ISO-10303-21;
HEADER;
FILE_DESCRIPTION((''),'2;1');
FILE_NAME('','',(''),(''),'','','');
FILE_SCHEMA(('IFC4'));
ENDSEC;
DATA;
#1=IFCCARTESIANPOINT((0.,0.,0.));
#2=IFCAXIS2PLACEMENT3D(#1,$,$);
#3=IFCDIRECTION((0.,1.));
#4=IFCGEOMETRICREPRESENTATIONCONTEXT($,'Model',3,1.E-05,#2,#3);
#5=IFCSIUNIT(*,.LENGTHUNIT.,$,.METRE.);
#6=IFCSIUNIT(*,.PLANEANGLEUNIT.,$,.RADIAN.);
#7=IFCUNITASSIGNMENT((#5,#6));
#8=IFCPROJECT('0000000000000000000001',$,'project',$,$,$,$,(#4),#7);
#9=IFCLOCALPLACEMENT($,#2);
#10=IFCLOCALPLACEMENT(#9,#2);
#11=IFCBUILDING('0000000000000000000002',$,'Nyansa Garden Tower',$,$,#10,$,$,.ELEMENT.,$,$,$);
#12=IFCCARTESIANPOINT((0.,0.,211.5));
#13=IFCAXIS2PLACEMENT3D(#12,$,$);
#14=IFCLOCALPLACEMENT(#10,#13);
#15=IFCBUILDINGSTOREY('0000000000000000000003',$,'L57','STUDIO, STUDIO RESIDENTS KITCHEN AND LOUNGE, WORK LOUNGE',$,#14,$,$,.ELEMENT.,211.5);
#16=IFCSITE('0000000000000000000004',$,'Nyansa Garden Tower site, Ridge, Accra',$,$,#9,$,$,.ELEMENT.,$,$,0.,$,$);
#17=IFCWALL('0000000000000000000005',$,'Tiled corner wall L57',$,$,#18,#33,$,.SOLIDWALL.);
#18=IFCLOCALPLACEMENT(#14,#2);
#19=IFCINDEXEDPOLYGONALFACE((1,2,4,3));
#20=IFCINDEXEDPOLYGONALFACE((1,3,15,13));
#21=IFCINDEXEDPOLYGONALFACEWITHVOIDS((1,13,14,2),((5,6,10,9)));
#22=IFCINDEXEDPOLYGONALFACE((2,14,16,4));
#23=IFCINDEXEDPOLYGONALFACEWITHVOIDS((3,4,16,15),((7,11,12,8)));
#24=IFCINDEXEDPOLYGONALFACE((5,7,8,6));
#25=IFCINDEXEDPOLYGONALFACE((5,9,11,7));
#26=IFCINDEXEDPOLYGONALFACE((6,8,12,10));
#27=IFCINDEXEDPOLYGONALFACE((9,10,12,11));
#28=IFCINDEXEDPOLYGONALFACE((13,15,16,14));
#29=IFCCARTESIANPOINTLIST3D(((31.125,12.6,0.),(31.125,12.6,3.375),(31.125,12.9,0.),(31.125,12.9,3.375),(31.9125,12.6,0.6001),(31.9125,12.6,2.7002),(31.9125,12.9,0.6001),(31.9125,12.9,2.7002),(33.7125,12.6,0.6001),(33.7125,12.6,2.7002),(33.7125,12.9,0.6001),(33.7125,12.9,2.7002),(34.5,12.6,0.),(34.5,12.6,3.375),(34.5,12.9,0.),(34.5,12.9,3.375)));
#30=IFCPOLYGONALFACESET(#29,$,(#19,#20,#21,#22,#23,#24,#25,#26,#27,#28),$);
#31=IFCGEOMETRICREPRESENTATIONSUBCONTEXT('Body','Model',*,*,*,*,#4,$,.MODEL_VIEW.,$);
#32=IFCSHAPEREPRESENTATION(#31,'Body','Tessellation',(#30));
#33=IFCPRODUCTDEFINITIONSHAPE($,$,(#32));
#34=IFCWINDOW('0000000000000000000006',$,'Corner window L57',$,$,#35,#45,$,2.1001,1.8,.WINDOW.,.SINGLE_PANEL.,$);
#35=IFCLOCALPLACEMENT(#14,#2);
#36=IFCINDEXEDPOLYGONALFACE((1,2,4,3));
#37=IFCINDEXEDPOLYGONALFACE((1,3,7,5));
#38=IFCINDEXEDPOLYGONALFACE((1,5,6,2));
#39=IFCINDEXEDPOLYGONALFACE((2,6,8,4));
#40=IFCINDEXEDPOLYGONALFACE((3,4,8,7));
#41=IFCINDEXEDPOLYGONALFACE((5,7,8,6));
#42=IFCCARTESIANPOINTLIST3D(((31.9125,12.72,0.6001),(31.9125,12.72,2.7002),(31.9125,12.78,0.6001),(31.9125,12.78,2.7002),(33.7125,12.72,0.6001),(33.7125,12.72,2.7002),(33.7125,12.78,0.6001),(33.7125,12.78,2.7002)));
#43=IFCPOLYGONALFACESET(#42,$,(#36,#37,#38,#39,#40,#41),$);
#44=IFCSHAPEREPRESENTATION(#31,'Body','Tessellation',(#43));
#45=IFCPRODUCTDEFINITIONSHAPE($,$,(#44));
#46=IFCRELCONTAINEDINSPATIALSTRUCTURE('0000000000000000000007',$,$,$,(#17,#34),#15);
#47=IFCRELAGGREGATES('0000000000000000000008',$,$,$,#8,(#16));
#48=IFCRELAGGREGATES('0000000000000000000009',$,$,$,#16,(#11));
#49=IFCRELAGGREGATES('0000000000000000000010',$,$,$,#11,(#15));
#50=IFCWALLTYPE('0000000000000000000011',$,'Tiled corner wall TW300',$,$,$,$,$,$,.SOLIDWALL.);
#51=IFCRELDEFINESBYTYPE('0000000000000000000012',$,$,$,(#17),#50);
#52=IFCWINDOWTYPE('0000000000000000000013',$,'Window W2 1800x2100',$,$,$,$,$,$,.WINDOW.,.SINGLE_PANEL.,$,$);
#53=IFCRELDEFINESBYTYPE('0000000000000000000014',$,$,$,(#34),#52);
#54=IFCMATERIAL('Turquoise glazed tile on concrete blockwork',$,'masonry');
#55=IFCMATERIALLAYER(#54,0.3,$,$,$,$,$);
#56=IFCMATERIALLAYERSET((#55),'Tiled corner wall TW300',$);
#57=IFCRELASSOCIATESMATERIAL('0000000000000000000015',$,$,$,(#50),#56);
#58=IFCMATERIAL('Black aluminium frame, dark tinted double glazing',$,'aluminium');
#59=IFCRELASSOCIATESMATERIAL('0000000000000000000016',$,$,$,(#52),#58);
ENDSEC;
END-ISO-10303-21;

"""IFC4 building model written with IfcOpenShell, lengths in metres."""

from ifc_helpers import new_model, si_unit, direction, frame, frame_2d, origin, place, context, subcontext, project, spatial, rectangle, extrude, material, layer, layer_set, type_object, element, fill, save


model = new_model("IFC4")

# Units and contexts
model_context = context("Model", 3, precision=1e-05, world=origin(), true_north=direction((0.0, 1.0)))
body_context = subcontext(model_context, "Body", "Model", "MODEL_VIEW")
ifc_project = project(units=[si_unit("LENGTHUNIT", "METRE"), si_unit("PLANEANGLEUNIT", "RADIAN")], contexts=[model_context])

# Site, building, storey
site_placement = place(None, origin())
site = spatial("IfcSite", under=ifc_project, at=site_placement, Name="Nyansa Garden Tower site, Ridge, Accra", CompositionType="ELEMENT", RefElevation=0.0)
building_placement = place(site_placement, origin())
building = spatial("IfcBuilding", under=site, at=building_placement, Name="Nyansa Garden Tower", CompositionType="ELEMENT")
storey_placement = place(building_placement, frame((0.0, 0.0, 211.5)))
storey = spatial("IfcBuildingStorey", under=building, at=storey_placement, Name="L57", Description="STUDIO, STUDIO RESIDENTS KITCHEN AND LOUNGE, WORK LOUNGE", CompositionType="ELEMENT", Elevation=211.5)

# Wall, opening, window
ifc_material_1 = material(Name="Turquoise glazed tile on concrete blockwork", Category="masonry")
ifc_layer_1 = layer(ifc_material_1, 0.3)
ifc_layer_set_1 = layer_set([ifc_layer_1], Name="Tiled corner wall TW300")
wall_type_1 = type_object("IfcWallType", Name="Tiled corner wall TW300", PredefinedType="SOLIDWALL", material=ifc_layer_set_1)
ifc_material_2 = material(Name="Black aluminium frame, dark tinted double glazing", Category="aluminium")
window_type = type_object("IfcWindowType", Name="Window W2 1800x2100", PartitioningType="SINGLE_PANEL", PredefinedType="WINDOW", material=ifc_material_2)
wall_1_placement = place(storey_placement, frame((31.125, 12.75, 0.0), z_axis=(0.0, 0.0, 1.0), x_axis=(1.0, 0.0, 0.0)))
wall_1 = element("IfcWall", 1, at=wall_1_placement, inside=storey, type_object=wall_type_1, Name="Tiled corner wall L57", PredefinedType="SOLIDWALL", context=body_context, shape_type="SweptSolid", body=[
    extrude(rectangle(XDim=3.375, YDim=0.3, at=frame_2d((1.6875, 0.0))), origin(), (0.0, 0.0, 1.0), 3.375),
])
opening_1_placement = place(wall_1_placement, frame((0.7876, 0.0, 0.6001)))
opening_1 = element("IfcOpeningElement", 2, at=opening_1_placement, cuts=wall_1, PredefinedType="OPENING", context=body_context, shape_type="SweptSolid", body=[
    extrude(rectangle(XDim=1.8, YDim=2.1001, at=frame_2d((0.8999, 1.05))), frame((0.0, 0.1599, 0.0), z_axis=(0.0, -1.0, 0.0), x_axis=(1.0, 0.0, 0.0)), (0.0, 0.0, 1.0), 0.3201),
])
window_1_placement = place(opening_1_placement, origin())
window_1 = element("IfcWindow", 3, at=window_1_placement, inside=storey, type_object=window_type, Name="Corner window L57", OverallHeight=2.1001, OverallWidth=1.8, PartitioningType="SINGLE_PANEL", PredefinedType="WINDOW", context=body_context, shape_type="SweptSolid", body=[
    extrude(rectangle(XDim=1.8, YDim=2.1001, at=frame_2d((0.8999, 1.05))), frame((0.0, 0.03, 0.0), z_axis=(0.0, -1.0, 0.0), x_axis=(1.0, 0.0, 0.0)), (0.0, 0.0, 1.0), 0.0601),
])
fill(opening_1, window_1)

save(model, "model.ifc")
